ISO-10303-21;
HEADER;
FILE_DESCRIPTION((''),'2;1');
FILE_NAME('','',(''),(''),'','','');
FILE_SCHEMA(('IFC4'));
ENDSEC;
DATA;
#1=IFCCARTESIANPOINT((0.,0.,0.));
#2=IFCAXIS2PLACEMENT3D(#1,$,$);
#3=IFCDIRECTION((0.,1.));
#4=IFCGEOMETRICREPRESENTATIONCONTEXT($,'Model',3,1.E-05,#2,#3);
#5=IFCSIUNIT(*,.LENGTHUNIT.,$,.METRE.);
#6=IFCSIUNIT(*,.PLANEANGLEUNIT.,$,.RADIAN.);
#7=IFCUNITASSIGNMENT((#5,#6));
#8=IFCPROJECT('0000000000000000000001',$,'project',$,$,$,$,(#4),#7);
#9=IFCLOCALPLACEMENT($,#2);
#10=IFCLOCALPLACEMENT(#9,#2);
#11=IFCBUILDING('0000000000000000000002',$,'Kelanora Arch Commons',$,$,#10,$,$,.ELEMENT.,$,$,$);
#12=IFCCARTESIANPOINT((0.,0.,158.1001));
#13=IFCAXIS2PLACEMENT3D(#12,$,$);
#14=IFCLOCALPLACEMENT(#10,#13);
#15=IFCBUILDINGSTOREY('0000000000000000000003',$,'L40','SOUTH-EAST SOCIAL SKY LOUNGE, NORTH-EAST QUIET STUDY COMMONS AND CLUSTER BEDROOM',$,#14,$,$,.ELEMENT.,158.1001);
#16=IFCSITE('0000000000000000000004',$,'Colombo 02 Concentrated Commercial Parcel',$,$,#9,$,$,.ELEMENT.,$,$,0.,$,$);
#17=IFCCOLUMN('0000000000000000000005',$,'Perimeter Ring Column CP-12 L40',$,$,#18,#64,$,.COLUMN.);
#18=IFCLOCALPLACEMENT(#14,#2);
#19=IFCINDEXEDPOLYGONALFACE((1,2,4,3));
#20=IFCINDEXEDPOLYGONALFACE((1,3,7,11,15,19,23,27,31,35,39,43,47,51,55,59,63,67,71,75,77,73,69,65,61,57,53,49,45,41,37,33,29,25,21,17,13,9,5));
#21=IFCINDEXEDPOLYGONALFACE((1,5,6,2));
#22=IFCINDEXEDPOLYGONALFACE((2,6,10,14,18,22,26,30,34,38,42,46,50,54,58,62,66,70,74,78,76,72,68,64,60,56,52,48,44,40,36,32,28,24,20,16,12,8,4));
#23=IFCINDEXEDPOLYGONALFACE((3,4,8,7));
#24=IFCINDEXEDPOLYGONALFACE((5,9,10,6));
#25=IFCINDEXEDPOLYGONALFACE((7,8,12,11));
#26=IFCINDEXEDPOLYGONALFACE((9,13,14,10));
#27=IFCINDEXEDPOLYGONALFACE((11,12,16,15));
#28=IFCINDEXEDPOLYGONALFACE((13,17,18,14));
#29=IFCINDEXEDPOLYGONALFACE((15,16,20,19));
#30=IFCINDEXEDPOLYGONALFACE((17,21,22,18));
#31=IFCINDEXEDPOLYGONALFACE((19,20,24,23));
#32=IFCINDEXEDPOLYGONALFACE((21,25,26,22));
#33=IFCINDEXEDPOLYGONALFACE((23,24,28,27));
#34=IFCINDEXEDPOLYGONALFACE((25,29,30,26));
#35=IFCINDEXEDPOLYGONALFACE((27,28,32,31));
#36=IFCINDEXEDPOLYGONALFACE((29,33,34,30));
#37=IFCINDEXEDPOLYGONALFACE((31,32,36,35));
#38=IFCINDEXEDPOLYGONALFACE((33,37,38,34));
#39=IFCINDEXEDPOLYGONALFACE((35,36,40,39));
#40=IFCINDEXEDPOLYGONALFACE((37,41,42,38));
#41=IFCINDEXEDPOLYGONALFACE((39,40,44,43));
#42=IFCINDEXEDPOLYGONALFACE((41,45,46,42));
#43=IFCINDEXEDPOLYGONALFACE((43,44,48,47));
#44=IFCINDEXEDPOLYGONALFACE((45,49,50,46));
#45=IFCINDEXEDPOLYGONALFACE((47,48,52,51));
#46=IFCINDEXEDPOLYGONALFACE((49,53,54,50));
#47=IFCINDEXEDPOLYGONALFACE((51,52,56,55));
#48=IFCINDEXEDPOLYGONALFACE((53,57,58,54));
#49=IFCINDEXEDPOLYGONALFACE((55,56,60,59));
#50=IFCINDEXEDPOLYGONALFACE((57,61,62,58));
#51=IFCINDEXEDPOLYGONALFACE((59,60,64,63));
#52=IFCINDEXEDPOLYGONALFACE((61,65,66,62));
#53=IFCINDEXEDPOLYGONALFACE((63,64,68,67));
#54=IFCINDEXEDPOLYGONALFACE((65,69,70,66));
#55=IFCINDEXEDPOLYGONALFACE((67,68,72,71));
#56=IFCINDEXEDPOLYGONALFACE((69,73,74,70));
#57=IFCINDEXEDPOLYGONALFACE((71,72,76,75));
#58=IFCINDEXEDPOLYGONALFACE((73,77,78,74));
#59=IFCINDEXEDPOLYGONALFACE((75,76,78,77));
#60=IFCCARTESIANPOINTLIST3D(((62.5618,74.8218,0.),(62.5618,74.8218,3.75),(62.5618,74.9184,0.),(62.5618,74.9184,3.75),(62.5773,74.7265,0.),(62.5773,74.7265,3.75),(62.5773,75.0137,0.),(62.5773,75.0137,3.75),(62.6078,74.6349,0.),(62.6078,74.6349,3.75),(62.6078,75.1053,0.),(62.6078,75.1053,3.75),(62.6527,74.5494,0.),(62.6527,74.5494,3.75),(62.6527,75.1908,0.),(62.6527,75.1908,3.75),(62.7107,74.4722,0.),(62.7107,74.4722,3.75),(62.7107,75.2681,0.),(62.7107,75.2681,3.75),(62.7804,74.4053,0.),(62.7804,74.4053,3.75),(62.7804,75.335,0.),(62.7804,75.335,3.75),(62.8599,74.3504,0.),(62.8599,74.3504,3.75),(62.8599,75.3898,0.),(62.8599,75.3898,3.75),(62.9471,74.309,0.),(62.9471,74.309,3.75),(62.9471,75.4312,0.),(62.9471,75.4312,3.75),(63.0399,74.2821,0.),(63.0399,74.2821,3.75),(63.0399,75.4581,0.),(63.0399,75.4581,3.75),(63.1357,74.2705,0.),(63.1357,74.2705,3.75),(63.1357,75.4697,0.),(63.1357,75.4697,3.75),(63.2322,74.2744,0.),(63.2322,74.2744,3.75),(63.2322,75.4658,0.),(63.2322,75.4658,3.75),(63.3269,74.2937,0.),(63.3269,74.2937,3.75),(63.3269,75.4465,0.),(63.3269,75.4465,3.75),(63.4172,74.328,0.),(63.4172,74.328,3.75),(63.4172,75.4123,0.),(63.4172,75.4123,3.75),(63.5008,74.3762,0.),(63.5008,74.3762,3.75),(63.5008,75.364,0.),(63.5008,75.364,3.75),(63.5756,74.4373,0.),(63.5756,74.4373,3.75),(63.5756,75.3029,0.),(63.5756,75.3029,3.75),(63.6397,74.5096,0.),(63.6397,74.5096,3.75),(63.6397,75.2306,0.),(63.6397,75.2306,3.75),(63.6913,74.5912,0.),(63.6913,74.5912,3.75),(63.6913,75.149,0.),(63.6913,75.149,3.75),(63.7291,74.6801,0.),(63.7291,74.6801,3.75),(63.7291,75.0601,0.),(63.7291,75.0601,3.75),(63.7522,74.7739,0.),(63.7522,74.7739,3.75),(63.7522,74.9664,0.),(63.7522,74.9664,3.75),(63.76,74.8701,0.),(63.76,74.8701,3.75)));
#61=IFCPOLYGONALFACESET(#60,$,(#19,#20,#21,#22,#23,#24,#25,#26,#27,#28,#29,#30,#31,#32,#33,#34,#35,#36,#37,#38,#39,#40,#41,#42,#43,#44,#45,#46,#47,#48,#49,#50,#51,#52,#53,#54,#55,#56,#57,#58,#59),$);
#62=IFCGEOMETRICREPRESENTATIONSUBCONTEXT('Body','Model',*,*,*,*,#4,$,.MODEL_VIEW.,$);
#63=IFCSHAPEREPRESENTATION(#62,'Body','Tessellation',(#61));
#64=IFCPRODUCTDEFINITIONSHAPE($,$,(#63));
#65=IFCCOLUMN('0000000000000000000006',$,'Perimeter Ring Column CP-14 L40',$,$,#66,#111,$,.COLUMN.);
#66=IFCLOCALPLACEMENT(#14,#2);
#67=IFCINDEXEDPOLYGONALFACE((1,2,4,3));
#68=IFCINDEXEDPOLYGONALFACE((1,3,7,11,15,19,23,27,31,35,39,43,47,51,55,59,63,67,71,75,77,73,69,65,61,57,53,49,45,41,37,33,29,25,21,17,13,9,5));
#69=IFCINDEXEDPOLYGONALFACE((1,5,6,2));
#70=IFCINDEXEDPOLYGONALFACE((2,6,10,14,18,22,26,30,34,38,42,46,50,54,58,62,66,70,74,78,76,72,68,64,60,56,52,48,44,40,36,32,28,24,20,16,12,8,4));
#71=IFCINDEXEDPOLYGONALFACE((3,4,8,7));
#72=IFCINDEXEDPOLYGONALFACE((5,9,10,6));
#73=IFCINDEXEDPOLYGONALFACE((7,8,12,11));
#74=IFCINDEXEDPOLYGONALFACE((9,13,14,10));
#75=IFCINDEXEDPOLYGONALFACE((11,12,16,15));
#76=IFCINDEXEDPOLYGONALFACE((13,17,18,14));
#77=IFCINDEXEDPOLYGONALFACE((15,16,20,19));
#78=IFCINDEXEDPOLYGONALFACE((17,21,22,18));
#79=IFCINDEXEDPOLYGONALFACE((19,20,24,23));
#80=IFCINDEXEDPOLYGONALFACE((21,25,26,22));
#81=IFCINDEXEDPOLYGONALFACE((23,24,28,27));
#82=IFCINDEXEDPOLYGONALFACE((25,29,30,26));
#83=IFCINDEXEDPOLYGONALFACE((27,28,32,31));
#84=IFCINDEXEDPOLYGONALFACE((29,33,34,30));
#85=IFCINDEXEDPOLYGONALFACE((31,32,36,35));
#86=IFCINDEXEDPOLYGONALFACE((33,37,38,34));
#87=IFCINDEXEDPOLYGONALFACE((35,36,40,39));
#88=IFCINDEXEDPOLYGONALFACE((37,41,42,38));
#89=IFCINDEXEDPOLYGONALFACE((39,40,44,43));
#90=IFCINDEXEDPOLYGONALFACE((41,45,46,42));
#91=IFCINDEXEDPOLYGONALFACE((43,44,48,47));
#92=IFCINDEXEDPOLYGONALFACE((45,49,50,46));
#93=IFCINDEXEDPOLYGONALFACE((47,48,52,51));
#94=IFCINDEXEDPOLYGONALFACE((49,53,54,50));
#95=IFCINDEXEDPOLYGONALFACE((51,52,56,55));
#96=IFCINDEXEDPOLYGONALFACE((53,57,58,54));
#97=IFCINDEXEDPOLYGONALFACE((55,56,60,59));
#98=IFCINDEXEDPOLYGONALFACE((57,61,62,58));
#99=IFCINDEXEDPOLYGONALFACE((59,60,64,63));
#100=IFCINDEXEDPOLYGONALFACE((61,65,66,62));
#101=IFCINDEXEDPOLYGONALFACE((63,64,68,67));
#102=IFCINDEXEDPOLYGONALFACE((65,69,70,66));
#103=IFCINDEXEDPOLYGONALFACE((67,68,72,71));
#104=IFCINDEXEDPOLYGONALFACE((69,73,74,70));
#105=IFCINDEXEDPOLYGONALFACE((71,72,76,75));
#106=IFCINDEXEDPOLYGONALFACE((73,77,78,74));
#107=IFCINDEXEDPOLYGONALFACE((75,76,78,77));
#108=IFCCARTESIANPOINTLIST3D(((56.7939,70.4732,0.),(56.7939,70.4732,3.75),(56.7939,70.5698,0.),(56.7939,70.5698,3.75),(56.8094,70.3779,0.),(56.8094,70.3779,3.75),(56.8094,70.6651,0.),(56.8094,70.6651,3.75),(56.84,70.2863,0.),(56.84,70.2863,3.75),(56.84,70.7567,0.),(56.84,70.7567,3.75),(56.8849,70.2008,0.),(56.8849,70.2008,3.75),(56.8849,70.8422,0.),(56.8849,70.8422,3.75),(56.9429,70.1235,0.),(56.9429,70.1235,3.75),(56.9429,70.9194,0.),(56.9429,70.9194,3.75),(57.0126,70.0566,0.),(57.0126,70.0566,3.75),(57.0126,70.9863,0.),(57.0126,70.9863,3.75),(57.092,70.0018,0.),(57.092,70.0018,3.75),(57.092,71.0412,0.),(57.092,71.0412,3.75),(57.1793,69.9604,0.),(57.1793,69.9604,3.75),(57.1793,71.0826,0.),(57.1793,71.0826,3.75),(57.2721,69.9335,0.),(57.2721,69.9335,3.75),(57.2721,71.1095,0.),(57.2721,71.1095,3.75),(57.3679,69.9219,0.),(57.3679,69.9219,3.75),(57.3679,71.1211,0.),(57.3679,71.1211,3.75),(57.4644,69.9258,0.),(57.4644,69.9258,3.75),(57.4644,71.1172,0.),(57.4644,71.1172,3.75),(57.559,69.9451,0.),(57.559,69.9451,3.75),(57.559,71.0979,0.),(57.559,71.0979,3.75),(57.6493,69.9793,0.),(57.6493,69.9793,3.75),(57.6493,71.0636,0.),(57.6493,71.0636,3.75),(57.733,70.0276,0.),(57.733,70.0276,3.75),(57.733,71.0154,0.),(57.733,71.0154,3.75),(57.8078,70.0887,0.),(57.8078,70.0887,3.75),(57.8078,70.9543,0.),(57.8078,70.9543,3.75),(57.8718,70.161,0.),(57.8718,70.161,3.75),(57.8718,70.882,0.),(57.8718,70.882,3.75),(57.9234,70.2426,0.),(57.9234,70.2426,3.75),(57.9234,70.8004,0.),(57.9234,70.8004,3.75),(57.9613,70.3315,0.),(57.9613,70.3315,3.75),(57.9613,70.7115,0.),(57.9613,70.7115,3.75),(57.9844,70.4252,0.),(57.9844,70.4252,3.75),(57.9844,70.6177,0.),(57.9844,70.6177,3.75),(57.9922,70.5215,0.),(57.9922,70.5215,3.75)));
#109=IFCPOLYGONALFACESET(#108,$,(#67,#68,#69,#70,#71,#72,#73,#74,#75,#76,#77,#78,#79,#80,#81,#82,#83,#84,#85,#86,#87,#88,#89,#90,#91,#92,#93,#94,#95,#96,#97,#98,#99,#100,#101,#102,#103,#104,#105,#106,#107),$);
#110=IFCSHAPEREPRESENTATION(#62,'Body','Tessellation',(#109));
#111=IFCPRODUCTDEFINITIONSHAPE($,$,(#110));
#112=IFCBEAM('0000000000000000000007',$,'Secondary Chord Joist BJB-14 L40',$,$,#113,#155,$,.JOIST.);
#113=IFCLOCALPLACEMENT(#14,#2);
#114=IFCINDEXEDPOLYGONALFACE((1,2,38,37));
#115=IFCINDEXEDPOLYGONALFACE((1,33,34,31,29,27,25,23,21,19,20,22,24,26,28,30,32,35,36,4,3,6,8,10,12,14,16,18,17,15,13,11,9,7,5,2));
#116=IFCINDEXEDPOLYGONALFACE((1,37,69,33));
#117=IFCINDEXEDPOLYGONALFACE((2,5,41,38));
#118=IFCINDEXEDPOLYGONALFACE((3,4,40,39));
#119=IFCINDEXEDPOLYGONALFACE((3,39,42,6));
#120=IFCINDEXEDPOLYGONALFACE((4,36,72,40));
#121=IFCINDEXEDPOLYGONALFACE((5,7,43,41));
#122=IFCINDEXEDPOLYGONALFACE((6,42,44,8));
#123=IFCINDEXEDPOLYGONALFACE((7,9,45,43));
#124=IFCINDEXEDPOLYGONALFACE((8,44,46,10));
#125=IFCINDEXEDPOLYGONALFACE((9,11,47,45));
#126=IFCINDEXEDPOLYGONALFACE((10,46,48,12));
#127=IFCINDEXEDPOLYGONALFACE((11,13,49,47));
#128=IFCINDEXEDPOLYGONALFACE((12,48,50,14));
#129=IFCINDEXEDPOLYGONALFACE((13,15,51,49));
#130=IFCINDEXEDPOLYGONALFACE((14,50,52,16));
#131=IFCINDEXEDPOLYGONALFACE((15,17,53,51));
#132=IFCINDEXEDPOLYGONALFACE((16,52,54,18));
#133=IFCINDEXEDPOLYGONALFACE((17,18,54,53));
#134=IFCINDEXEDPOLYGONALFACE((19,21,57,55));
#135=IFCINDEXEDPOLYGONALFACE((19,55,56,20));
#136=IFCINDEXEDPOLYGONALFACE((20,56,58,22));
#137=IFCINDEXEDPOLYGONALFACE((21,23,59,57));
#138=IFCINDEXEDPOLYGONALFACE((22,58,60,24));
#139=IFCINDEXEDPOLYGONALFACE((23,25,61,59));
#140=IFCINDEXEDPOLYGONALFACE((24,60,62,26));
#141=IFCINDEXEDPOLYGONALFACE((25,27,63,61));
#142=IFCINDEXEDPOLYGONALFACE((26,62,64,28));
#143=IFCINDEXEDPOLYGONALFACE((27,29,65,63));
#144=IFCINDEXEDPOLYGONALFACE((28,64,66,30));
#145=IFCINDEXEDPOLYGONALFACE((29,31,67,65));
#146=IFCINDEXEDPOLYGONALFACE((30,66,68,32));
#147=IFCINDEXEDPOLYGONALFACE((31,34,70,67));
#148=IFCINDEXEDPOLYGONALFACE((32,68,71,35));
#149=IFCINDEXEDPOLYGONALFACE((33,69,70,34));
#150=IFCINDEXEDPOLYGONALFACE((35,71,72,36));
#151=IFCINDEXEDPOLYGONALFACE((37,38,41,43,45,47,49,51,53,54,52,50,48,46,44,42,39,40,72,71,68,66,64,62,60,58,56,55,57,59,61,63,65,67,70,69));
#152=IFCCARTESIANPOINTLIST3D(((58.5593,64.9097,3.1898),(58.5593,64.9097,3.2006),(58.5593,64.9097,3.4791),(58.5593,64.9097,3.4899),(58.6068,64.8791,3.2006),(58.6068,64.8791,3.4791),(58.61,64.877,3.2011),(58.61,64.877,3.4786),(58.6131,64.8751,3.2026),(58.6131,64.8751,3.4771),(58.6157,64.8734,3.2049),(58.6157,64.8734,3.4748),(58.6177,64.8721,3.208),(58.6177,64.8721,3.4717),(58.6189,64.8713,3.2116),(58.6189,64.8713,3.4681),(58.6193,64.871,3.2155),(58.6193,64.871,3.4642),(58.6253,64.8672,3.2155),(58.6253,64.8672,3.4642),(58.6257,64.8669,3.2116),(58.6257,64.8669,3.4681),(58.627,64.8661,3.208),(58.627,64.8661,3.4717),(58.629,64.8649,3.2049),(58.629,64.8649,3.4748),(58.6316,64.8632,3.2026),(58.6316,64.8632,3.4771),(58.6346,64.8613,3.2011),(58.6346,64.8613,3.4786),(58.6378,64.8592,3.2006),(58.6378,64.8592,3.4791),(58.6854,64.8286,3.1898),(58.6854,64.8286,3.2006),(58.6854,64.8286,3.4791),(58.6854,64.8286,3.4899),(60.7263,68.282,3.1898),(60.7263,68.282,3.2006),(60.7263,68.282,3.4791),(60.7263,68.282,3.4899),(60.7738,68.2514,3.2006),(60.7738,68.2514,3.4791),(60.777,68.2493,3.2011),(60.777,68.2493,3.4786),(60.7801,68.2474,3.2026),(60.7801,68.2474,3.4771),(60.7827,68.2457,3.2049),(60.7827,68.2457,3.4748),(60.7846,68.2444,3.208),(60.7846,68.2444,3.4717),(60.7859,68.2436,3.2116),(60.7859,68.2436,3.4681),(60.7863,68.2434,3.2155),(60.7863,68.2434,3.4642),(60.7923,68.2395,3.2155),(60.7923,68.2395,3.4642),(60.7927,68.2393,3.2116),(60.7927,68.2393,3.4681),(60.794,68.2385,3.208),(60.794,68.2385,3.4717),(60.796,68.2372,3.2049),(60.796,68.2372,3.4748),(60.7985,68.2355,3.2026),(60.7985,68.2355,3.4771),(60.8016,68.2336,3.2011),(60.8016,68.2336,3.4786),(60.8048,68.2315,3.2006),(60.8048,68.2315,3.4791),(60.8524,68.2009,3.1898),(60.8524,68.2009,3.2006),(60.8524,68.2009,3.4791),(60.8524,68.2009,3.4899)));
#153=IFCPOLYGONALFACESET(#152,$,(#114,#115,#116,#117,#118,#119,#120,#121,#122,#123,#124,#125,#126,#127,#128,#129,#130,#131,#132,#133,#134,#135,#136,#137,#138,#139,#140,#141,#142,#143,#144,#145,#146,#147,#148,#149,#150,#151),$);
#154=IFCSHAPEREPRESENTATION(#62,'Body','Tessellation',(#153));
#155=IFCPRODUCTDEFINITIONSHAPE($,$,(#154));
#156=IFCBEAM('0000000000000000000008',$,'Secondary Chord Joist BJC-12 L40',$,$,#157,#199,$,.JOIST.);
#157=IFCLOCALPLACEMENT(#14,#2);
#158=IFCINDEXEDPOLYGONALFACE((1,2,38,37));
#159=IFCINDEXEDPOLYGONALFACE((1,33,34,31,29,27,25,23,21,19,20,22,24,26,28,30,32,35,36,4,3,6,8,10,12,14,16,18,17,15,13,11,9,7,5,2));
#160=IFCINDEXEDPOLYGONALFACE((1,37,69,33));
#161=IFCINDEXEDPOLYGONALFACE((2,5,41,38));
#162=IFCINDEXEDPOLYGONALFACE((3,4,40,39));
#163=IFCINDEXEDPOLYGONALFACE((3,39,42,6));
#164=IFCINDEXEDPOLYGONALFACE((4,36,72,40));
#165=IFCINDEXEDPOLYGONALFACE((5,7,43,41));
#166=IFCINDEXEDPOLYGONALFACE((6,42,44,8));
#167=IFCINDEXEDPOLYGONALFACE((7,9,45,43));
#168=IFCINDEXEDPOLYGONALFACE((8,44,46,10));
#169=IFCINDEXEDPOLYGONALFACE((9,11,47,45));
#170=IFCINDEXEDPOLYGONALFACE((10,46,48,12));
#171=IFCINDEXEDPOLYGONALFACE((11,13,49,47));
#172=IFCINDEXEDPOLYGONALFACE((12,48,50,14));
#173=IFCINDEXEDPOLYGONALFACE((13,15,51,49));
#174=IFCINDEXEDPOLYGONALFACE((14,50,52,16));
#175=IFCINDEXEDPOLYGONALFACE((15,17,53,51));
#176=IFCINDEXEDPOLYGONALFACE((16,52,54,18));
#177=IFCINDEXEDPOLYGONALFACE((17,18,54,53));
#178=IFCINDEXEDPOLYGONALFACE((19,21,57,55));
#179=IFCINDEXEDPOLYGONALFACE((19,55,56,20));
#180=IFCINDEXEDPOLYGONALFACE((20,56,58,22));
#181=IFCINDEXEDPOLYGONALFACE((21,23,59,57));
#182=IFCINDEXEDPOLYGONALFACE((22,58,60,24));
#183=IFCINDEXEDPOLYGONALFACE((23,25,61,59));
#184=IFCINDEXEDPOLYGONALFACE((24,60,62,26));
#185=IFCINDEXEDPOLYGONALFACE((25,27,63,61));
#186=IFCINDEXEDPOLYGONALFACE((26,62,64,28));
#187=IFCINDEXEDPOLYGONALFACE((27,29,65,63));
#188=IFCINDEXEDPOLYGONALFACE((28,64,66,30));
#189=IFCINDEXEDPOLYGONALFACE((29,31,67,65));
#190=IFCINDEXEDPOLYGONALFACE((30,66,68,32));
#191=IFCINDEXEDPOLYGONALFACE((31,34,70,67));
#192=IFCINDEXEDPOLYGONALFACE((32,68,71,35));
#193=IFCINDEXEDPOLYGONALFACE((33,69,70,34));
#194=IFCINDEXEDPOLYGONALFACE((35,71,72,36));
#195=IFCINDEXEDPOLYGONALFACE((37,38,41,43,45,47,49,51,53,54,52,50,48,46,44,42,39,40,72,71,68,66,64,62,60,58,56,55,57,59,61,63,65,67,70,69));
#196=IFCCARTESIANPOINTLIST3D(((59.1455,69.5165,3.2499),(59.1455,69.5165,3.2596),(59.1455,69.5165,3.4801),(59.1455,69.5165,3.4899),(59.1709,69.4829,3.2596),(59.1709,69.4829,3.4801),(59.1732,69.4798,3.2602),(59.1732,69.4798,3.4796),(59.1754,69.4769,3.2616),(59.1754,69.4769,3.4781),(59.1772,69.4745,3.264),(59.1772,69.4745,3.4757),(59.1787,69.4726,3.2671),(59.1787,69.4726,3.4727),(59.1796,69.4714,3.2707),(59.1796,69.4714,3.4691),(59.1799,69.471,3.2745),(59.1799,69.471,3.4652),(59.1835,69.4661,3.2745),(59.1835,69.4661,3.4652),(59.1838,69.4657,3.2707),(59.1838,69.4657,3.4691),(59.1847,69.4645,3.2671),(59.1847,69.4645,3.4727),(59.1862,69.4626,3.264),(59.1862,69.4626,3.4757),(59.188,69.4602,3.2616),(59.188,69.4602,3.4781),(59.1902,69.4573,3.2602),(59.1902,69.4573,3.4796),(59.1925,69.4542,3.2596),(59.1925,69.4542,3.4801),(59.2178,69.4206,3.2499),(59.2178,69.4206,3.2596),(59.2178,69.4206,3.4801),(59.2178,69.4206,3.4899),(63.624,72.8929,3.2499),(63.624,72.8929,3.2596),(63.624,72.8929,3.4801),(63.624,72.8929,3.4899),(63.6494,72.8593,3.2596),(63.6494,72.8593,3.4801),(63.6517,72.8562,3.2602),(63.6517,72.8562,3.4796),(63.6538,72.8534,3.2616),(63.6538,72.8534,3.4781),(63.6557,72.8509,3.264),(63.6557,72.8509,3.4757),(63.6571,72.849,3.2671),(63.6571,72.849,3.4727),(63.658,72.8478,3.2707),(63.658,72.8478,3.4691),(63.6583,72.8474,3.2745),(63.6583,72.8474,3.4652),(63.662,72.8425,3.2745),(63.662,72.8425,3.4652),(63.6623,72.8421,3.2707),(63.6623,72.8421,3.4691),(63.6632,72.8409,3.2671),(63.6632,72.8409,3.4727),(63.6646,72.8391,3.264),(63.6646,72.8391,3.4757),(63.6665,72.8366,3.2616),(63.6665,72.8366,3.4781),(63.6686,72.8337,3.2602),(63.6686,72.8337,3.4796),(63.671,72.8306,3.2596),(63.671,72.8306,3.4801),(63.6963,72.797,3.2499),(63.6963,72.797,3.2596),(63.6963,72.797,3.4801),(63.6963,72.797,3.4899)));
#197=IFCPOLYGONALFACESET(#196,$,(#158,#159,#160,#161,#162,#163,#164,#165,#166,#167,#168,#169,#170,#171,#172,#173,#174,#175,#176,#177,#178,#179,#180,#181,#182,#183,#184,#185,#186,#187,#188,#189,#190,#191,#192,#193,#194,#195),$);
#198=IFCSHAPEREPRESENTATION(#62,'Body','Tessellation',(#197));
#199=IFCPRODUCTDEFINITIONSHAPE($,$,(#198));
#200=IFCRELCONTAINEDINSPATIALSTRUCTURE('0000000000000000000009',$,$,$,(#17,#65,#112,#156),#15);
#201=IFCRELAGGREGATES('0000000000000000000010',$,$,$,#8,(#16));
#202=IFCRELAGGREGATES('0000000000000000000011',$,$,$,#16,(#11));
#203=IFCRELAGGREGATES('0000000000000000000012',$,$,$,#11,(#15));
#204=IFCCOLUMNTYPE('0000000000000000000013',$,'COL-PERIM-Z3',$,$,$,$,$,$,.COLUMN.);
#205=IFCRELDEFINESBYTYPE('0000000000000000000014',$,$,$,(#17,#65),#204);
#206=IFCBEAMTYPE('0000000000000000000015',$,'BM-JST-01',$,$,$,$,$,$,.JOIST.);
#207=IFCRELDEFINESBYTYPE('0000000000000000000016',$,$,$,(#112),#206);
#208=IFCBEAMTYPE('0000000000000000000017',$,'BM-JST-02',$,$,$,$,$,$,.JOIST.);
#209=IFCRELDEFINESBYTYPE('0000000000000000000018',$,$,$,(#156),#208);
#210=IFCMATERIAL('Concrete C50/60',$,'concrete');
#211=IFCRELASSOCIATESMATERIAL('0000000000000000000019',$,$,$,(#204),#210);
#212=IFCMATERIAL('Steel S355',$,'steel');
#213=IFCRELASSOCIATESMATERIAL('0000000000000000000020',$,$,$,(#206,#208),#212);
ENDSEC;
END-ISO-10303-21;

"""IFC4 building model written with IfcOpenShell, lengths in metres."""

from ifc_helpers import new_model, si_unit, direction, frame, origin, origin_2d, place, context, subcontext, project, spatial, circle, i_section, extrude, material, material_profile, profile_set, type_object, element, save


model = new_model("IFC4")

# Units and contexts
model_context = context("Model", 3, precision=1e-05, world=origin(), true_north=direction((0.0, 1.0)))
body_context = subcontext(model_context, "Body", "Model", "MODEL_VIEW")
ifc_project = project(units=[si_unit("LENGTHUNIT", "METRE"), si_unit("PLANEANGLEUNIT", "RADIAN")], contexts=[model_context])

# Site, building, storey
site_placement = place(None, origin())
site = spatial("IfcSite", under=ifc_project, at=site_placement, Name="Colombo 02 Concentrated Commercial Parcel", CompositionType="ELEMENT", RefElevation=0.0)
building_placement = place(site_placement, origin())
building = spatial("IfcBuilding", under=site, at=building_placement, Name="Kelanora Arch Commons", CompositionType="ELEMENT")
storey_placement = place(building_placement, frame((0.0, 0.0, 158.1001)))
storey = spatial("IfcBuildingStorey", under=building, at=storey_placement, Name="L40", Description="SOUTH-EAST SOCIAL SKY LOUNGE, NORTH-EAST QUIET STUDY COMMONS AND CLUSTER BEDROOM", CompositionType="ELEMENT", Elevation=158.1001)

# Columns
ifc_material_1 = material(Name="Concrete C50/60", Category="concrete")
ifc_material_profile_1 = material_profile(ifc_material_1, circle(Radius=0.6001, at=origin_2d()), Name="RCC1200")
ifc_profile_set_1 = profile_set([ifc_material_profile_1], Name="Concrete C50/60")
column_type = type_object("IfcColumnType", Name="COL-PERIM-Z3", PredefinedType="COLUMN", material=ifc_profile_set_1)
for number, where, z_axis, x_axis, name in (
    (1, (63.1599, 74.8701, 0.0), (0.0, 0.0, 1.0), (1.0, 0.0, 0.0), "Perimeter Ring Column CP-12 L40"),
    (2, (57.3921, 70.5215, 0.0), (0.0, 0.0, 1.0), (1.0, 0.0, 0.0), "Perimeter Ring Column CP-14 L40"),
):
    element("IfcColumn", number, at=place(storey_placement, frame(where, z_axis=z_axis, x_axis=x_axis)), inside=storey, type_object=column_type, Name=name, PredefinedType="COLUMN", context=body_context, shape_type="SweptSolid", body=[
        extrude(circle(Radius=0.6001, at=origin_2d()), origin(), (0.0, 0.0, 1.0), 3.75),
    ])

# Beams
ifc_material_2 = material(Name="Steel S355", Category="steel")
ifc_material_profile_2 = material_profile(ifc_material_2, i_section(OverallWidth=0.1499, OverallDepth=0.3, WebThickness=0.0071, FlangeThickness=0.0107, FilletRadius=0.0149, at=origin_2d()), Name="IPE300")
ifc_profile_set_2 = profile_set([ifc_material_profile_2], Name="Steel S355")
beam_type_1 = type_object("IfcBeamType", Name="BM-JST-01", PredefinedType="JOIST", material=ifc_profile_set_2)
beam_1_placement = place(storey_placement, frame((60.7893, 68.2415, 3.3398), z_axis=(-0.540594, -0.841283, 0.0), x_axis=(0.841283, -0.540594, 0.0)))
element("IfcBeam", 3, at=beam_1_placement, inside=storey, type_object=beam_type_1, Name="Secondary Chord Joist BJB-14 L40", PredefinedType="JOIST", context=body_context, shape_type="SweptSolid", body=[
    extrude(i_section(OverallWidth=0.1499, OverallDepth=0.3, WebThickness=0.0071, FlangeThickness=0.0107, FilletRadius=0.0149, at=origin_2d()), origin(), (0.0, 0.0, 1.0), 4.0085),
])
ifc_material_profile_3 = material_profile(ifc_material_2, i_section(OverallWidth=0.1201, OverallDepth=0.24, WebThickness=0.0061, FlangeThickness=0.0098, FilletRadius=0.0149, at=origin_2d()), Name="IPE240")
ifc_profile_set_3 = profile_set([ifc_material_profile_3], Name="Steel S355")
beam_type_2 = type_object("IfcBeamType", Name="BM-JST-02", PredefinedType="JOIST", material=ifc_profile_set_3)
beam_2_placement = place(storey_placement, frame((63.6602, 72.845, 3.3699), z_axis=(-0.798493, -0.602004, 0.0), x_axis=(0.602004, -0.798493, 0.0)))
element("IfcBeam", 4, at=beam_2_placement, inside=storey, type_object=beam_type_2, Name="Secondary Chord Joist BJC-12 L40", PredefinedType="JOIST", context=body_context, shape_type="SweptSolid", body=[
    extrude(i_section(OverallWidth=0.1201, OverallDepth=0.24, WebThickness=0.0061, FlangeThickness=0.0098, FilletRadius=0.0149, at=origin_2d()), origin(), (0.0, 0.0, 1.0), 5.6086),
])

save(model, "model.ifc")
